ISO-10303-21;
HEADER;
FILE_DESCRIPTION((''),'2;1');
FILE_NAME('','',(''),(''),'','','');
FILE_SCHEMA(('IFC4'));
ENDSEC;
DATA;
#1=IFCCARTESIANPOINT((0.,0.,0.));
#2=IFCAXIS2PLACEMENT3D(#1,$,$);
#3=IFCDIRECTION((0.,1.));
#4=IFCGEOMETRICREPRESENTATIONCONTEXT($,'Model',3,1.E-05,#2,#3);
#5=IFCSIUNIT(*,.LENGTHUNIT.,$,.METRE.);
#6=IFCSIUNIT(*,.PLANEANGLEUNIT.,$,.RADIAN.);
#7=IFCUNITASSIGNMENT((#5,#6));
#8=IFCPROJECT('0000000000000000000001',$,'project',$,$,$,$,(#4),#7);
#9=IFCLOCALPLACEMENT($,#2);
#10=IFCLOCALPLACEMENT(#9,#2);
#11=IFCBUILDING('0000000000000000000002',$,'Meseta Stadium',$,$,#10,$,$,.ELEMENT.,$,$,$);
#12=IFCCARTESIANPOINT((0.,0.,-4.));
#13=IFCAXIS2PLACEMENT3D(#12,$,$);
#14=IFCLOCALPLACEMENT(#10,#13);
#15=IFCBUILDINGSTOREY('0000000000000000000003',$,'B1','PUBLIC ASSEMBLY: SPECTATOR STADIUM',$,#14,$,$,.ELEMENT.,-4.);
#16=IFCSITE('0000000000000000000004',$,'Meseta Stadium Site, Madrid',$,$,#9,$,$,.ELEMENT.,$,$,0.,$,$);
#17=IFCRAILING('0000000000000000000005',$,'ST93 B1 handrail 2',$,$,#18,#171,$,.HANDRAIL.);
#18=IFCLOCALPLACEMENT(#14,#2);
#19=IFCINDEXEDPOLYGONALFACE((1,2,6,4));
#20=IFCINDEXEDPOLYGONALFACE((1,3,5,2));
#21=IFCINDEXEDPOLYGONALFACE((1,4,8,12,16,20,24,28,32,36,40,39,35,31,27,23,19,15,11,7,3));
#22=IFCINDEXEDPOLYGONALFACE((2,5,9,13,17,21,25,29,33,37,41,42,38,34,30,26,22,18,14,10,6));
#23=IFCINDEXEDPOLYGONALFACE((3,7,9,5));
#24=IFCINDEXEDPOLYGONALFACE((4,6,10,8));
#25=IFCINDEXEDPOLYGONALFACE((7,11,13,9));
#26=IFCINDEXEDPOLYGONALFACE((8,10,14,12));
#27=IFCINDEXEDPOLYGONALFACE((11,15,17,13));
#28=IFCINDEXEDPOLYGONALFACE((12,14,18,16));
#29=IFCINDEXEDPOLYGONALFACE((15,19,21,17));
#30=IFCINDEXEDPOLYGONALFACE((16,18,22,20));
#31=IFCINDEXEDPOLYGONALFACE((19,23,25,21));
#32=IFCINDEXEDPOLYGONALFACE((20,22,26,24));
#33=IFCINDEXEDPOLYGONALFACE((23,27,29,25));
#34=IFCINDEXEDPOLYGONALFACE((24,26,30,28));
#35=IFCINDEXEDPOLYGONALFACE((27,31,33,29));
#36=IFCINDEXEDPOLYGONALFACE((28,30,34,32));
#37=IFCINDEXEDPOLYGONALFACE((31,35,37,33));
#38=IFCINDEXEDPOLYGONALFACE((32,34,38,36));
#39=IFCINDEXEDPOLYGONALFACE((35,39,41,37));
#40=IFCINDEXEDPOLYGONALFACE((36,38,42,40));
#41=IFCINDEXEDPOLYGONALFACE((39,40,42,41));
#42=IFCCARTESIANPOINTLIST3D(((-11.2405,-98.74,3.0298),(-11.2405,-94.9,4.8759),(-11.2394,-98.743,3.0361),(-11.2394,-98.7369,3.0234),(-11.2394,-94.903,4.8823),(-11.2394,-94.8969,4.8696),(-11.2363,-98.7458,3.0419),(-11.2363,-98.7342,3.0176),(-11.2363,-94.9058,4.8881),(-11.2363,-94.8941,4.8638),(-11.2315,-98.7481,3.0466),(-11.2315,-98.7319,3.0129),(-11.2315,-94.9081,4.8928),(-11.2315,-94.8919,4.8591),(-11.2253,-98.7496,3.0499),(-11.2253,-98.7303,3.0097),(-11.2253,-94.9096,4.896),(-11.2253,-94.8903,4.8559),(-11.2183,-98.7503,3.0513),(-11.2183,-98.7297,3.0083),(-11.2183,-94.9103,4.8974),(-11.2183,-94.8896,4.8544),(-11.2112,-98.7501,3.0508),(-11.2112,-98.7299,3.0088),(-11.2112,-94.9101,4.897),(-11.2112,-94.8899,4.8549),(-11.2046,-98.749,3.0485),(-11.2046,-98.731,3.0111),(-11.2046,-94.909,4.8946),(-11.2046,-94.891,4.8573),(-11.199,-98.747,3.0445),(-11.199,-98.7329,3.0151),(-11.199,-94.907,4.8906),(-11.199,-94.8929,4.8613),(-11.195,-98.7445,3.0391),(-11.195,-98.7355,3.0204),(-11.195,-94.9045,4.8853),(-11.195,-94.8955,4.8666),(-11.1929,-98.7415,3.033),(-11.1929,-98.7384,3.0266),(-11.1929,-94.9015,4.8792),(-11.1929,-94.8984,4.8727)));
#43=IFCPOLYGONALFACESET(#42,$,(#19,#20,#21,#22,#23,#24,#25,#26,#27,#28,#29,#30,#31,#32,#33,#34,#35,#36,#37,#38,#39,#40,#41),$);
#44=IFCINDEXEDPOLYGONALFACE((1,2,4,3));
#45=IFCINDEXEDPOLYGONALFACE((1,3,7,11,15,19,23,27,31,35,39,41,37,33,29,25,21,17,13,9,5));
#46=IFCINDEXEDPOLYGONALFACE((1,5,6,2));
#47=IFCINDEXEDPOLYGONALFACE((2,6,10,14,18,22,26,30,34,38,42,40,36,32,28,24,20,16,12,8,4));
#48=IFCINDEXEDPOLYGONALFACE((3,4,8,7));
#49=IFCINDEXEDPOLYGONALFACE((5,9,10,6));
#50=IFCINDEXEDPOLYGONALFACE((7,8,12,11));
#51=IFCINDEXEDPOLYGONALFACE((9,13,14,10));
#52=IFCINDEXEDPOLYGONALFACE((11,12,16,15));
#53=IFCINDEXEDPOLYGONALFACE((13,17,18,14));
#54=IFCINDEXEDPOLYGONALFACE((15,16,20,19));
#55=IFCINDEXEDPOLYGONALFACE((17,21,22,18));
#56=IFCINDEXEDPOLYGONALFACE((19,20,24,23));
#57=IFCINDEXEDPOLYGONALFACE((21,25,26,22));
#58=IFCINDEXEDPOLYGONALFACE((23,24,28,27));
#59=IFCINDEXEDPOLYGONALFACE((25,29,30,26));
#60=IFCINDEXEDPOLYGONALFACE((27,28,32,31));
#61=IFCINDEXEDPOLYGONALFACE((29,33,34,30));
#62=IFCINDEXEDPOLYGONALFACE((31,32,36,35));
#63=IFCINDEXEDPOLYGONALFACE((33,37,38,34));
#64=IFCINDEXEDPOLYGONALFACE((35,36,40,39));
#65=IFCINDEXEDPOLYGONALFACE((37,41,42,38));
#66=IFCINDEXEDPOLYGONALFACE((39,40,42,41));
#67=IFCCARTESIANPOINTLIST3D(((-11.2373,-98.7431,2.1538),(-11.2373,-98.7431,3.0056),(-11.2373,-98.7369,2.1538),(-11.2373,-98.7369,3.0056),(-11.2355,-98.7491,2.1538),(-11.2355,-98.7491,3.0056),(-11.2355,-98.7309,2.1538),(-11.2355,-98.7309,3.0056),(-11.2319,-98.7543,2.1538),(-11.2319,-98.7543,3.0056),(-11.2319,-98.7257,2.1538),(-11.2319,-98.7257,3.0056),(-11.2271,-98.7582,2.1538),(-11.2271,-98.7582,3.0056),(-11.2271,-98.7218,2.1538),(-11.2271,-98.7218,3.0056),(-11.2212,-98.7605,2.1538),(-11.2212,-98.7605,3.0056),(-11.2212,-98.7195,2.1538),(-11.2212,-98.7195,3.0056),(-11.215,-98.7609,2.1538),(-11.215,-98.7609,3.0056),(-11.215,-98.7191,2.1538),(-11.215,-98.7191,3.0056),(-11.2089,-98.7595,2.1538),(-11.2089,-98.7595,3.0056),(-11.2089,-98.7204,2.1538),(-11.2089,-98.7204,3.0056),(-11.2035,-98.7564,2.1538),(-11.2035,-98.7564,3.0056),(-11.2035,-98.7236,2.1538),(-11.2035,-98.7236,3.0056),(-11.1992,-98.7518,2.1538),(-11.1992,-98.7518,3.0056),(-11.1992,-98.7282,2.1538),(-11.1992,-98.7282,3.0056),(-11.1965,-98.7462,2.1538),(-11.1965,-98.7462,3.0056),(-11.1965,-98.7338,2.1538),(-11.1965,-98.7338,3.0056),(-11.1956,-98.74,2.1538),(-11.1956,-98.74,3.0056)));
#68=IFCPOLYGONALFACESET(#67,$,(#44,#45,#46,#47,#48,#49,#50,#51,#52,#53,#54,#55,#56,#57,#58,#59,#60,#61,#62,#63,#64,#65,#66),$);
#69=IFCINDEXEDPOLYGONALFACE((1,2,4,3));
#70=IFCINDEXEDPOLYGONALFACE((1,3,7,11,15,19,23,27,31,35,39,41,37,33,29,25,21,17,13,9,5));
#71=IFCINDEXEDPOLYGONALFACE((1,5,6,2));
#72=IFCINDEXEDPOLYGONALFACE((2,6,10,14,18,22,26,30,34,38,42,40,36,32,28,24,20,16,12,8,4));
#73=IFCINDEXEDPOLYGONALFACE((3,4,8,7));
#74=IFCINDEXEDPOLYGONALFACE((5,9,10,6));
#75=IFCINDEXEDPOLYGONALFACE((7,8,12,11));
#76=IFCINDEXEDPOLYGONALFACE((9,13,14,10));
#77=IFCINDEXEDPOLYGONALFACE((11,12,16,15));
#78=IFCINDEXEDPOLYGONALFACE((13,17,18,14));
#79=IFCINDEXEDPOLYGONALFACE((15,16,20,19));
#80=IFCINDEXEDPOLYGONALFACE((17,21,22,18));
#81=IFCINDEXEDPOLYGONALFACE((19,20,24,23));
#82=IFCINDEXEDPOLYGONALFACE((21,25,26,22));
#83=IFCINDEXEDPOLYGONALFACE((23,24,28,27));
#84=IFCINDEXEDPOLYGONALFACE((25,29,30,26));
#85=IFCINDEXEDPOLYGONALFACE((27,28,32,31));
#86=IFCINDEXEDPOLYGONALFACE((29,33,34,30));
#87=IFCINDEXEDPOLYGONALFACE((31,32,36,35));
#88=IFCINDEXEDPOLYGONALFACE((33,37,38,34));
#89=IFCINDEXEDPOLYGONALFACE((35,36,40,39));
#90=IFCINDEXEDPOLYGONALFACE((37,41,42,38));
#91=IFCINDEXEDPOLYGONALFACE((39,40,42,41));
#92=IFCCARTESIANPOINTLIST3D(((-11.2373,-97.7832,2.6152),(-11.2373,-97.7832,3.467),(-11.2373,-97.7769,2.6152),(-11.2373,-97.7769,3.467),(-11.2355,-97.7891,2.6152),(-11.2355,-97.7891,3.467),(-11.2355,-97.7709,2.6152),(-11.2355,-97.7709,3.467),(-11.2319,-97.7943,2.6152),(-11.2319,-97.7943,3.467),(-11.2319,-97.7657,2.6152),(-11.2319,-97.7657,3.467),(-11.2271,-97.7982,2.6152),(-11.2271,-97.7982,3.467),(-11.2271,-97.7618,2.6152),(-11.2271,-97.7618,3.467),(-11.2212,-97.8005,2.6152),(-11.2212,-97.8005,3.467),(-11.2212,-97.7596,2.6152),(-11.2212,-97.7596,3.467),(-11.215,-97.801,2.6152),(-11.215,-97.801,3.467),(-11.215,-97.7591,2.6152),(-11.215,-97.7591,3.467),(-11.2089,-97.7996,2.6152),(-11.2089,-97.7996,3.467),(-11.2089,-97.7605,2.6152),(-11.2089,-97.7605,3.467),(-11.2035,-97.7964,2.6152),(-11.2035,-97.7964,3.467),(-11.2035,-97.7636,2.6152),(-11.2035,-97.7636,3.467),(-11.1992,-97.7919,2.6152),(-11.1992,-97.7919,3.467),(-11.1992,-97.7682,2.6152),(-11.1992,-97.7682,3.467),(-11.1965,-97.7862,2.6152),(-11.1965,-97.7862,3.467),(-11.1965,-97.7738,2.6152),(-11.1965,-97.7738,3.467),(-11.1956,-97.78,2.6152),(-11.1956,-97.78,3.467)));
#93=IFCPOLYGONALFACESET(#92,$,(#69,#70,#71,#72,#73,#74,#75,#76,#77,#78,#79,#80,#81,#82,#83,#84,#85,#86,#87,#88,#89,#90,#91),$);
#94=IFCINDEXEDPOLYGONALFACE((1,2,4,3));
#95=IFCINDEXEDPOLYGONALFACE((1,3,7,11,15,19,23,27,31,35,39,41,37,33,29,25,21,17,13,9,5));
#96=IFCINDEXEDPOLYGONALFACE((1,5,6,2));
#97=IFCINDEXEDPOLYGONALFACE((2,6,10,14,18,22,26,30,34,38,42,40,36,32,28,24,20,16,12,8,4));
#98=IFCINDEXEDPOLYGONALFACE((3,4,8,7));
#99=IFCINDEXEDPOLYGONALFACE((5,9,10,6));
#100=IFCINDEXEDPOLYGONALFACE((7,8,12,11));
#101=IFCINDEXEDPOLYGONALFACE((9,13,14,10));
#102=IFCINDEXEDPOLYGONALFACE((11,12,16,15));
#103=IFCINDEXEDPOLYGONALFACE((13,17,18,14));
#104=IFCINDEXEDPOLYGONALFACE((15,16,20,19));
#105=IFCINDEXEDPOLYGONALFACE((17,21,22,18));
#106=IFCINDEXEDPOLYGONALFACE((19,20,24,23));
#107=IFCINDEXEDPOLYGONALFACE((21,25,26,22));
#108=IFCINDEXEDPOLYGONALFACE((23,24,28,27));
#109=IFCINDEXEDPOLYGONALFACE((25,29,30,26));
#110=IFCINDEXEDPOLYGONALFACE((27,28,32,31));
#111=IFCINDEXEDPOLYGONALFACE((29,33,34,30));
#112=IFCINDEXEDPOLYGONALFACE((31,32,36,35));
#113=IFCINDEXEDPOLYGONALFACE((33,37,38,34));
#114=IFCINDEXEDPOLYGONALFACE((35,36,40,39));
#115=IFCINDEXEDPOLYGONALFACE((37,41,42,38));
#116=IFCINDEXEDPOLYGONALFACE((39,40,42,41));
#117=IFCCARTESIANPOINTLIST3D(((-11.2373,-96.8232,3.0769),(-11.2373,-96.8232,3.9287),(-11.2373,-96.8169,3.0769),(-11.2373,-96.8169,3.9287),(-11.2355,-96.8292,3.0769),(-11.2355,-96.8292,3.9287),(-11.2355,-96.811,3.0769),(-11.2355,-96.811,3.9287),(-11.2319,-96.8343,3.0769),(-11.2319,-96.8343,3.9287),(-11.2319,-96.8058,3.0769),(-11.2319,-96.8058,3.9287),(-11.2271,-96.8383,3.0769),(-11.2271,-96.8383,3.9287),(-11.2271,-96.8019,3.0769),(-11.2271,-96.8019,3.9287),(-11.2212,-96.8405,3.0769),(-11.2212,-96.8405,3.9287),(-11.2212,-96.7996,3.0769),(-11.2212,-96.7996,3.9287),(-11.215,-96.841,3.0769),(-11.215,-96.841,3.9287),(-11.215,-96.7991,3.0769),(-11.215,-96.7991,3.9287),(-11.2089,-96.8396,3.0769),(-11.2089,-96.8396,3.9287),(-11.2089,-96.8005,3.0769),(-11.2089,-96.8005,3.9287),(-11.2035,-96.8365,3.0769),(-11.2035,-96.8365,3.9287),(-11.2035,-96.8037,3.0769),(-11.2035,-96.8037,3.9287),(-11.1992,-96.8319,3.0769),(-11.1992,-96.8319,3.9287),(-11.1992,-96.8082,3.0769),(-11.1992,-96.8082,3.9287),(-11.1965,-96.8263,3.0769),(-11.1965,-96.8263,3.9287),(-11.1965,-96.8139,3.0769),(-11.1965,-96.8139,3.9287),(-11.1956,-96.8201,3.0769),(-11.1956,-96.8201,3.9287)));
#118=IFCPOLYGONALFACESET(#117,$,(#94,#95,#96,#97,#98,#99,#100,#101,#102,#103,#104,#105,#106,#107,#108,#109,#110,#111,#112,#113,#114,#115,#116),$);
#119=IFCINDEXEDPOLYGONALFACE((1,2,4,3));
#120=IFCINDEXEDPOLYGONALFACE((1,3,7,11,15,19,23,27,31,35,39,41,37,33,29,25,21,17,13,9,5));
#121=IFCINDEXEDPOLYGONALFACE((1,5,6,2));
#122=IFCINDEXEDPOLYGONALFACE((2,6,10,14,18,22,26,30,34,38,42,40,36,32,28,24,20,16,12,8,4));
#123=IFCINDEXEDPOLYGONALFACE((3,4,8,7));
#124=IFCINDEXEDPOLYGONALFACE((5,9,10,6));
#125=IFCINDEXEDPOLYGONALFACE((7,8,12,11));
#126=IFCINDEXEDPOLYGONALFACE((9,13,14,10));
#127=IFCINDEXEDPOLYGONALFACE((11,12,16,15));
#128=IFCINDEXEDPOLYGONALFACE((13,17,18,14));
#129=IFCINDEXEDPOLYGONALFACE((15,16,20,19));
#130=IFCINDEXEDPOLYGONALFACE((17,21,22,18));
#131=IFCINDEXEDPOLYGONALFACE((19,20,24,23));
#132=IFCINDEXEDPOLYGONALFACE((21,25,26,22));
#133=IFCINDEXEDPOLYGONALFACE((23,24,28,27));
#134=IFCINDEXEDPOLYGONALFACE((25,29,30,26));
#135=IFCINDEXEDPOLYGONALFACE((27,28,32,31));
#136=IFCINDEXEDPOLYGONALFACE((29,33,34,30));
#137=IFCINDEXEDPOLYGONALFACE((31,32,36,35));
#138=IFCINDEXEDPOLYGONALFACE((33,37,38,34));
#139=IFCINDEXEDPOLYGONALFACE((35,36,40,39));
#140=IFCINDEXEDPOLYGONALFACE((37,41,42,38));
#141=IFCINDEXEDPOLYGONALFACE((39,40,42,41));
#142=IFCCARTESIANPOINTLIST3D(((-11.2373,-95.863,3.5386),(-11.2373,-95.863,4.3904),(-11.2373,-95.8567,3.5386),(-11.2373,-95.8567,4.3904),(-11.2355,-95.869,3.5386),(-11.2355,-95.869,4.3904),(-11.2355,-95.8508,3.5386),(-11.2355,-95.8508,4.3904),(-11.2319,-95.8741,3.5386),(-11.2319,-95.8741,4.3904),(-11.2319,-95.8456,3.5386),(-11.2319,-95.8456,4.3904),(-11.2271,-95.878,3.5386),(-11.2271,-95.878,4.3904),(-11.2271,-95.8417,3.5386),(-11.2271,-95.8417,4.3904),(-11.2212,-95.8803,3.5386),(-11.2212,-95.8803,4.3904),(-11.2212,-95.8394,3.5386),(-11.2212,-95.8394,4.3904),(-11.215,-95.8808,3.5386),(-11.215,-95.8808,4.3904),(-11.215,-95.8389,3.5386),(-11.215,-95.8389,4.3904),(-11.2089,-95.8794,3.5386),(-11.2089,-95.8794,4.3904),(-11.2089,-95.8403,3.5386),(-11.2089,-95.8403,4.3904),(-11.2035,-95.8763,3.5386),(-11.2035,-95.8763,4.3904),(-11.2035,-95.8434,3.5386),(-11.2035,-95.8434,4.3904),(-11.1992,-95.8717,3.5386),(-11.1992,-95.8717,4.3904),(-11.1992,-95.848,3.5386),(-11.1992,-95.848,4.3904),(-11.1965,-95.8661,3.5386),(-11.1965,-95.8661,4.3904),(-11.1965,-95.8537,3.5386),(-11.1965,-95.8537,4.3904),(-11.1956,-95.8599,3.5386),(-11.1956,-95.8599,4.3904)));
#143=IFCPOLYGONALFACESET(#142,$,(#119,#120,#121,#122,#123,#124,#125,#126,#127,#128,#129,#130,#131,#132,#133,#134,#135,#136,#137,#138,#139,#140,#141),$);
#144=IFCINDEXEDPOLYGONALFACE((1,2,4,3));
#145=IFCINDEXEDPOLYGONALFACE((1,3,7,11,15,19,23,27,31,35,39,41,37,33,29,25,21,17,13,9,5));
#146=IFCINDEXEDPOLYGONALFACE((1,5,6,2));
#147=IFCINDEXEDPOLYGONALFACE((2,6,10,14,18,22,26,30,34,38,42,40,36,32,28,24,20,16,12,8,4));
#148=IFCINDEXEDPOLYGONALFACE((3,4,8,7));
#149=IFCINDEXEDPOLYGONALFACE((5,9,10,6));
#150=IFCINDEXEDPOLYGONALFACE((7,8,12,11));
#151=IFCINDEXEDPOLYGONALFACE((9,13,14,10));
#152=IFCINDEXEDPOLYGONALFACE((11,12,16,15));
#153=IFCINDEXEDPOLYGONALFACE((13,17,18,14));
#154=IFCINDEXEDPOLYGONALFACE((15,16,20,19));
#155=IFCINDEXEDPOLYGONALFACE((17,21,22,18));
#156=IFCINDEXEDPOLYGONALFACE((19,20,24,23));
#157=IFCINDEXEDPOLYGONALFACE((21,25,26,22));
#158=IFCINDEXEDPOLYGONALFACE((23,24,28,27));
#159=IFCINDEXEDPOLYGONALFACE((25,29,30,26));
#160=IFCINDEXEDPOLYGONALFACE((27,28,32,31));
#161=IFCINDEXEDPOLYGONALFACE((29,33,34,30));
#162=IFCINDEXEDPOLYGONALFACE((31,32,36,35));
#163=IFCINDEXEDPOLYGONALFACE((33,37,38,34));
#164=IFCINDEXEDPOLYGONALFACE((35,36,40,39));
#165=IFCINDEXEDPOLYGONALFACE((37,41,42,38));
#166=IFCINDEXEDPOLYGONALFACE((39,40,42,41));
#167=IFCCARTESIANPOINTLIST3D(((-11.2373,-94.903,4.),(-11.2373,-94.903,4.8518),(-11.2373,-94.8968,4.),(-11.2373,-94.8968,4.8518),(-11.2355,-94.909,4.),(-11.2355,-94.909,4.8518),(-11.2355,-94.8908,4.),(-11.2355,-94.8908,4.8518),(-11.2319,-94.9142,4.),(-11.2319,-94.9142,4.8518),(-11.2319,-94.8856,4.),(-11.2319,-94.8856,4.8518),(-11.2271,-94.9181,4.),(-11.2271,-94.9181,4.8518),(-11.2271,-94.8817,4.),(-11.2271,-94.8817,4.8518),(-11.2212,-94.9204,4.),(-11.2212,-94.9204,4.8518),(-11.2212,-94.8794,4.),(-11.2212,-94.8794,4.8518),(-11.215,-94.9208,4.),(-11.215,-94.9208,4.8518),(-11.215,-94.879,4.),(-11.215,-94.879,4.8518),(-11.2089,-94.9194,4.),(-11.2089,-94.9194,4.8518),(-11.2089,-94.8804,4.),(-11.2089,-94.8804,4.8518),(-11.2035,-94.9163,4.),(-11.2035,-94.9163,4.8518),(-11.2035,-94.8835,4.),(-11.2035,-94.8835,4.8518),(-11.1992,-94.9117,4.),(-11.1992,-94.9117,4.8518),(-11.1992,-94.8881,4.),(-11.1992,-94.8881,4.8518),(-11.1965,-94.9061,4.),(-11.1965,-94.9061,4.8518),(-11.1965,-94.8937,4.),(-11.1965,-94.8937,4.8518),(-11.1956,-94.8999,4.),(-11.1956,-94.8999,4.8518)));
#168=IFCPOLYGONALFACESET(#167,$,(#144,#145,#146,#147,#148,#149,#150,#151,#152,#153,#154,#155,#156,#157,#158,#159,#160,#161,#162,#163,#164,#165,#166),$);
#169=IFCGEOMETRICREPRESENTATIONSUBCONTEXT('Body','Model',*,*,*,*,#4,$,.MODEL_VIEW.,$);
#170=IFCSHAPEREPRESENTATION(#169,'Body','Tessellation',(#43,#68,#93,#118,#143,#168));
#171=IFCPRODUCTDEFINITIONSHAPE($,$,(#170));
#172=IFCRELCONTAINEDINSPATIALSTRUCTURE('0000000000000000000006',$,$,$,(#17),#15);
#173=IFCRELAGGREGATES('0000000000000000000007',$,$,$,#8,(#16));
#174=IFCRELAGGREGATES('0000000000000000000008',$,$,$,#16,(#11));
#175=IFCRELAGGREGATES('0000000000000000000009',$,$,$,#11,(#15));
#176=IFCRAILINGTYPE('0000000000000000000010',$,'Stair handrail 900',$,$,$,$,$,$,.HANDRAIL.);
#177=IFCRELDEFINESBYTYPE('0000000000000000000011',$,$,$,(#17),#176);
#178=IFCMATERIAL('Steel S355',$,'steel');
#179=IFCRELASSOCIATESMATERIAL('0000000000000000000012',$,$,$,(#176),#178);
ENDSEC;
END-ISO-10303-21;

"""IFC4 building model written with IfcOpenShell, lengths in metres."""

from ifc_helpers import new_model, si_unit, direction, frame, origin, origin_2d, place, context, subcontext, project, spatial, circle, extrude, material, type_object, element, save


model = new_model("IFC4")

# Units and contexts
model_context = context("Model", 3, precision=1e-05, world=origin(), true_north=direction((0.0, 1.0)))
body_context = subcontext(model_context, "Body", "Model", "MODEL_VIEW")
ifc_project = project(units=[si_unit("LENGTHUNIT", "METRE"), si_unit("PLANEANGLEUNIT", "RADIAN")], contexts=[model_context])

# Site, building, storey
site_placement = place(None, origin())
site = spatial("IfcSite", under=ifc_project, at=site_placement, Name="Meseta Stadium Site, Madrid", CompositionType="ELEMENT", RefElevation=0.0)
building_placement = place(site_placement, origin())
building = spatial("IfcBuilding", under=site, at=building_placement, Name="Meseta Stadium", CompositionType="ELEMENT")
storey_placement = place(building_placement, frame((0.0, 0.0, -4.0)))
storey = spatial("IfcBuildingStorey", under=building, at=storey_placement, Name="B1", Description="PUBLIC ASSEMBLY: SPECTATOR STADIUM", CompositionType="ELEMENT", Elevation=-4.0)

# Railing
ifc_material_1 = material(Name="Steel S355", Category="steel")
railing_type_1 = type_object("IfcRailingType", Name="Stair handrail 900", PredefinedType="HANDRAIL", material=ifc_material_1)
railing_1_placement = place(storey_placement, frame((-11.2166, -98.74, 2.1538)))
element("IfcRailing", 1, at=railing_1_placement, inside=storey, type_object=railing_type_1, Name="ST93 B1 handrail 2", PredefinedType="HANDRAIL", context=body_context, shape_type="SweptSolid", body=[
    extrude(circle(Radius=0.0239, at=origin_2d()), frame((0.0, 0.0, 0.876), z_axis=(0.0, 0.901253, 0.433294), x_axis=(-1.0, 0.0, 0.0)), (0.0, 0.0, 1.0), 4.2607),
    extrude(circle(Radius=0.021, at=origin_2d()), origin(), (0.0, 0.0, 1.0), 0.8518),
    extrude(circle(Radius=0.021, at=origin_2d()), frame((0.0, 0.96, 0.4614)), (0.0, 0.0, 1.0), 0.8518),
    extrude(circle(Radius=0.021, at=origin_2d()), frame((0.0, 1.9199, 0.9231)), (0.0, 0.0, 1.0), 0.8518),
    extrude(circle(Radius=0.021, at=origin_2d()), frame((0.0, 2.8801, 1.3848)), (0.0, 0.0, 1.0), 0.8518),
    extrude(circle(Radius=0.021, at=origin_2d()), frame((0.0, 3.8401, 1.8462)), (0.0, 0.0, 1.0), 0.8518),
])

save(model, "model.ifc")
